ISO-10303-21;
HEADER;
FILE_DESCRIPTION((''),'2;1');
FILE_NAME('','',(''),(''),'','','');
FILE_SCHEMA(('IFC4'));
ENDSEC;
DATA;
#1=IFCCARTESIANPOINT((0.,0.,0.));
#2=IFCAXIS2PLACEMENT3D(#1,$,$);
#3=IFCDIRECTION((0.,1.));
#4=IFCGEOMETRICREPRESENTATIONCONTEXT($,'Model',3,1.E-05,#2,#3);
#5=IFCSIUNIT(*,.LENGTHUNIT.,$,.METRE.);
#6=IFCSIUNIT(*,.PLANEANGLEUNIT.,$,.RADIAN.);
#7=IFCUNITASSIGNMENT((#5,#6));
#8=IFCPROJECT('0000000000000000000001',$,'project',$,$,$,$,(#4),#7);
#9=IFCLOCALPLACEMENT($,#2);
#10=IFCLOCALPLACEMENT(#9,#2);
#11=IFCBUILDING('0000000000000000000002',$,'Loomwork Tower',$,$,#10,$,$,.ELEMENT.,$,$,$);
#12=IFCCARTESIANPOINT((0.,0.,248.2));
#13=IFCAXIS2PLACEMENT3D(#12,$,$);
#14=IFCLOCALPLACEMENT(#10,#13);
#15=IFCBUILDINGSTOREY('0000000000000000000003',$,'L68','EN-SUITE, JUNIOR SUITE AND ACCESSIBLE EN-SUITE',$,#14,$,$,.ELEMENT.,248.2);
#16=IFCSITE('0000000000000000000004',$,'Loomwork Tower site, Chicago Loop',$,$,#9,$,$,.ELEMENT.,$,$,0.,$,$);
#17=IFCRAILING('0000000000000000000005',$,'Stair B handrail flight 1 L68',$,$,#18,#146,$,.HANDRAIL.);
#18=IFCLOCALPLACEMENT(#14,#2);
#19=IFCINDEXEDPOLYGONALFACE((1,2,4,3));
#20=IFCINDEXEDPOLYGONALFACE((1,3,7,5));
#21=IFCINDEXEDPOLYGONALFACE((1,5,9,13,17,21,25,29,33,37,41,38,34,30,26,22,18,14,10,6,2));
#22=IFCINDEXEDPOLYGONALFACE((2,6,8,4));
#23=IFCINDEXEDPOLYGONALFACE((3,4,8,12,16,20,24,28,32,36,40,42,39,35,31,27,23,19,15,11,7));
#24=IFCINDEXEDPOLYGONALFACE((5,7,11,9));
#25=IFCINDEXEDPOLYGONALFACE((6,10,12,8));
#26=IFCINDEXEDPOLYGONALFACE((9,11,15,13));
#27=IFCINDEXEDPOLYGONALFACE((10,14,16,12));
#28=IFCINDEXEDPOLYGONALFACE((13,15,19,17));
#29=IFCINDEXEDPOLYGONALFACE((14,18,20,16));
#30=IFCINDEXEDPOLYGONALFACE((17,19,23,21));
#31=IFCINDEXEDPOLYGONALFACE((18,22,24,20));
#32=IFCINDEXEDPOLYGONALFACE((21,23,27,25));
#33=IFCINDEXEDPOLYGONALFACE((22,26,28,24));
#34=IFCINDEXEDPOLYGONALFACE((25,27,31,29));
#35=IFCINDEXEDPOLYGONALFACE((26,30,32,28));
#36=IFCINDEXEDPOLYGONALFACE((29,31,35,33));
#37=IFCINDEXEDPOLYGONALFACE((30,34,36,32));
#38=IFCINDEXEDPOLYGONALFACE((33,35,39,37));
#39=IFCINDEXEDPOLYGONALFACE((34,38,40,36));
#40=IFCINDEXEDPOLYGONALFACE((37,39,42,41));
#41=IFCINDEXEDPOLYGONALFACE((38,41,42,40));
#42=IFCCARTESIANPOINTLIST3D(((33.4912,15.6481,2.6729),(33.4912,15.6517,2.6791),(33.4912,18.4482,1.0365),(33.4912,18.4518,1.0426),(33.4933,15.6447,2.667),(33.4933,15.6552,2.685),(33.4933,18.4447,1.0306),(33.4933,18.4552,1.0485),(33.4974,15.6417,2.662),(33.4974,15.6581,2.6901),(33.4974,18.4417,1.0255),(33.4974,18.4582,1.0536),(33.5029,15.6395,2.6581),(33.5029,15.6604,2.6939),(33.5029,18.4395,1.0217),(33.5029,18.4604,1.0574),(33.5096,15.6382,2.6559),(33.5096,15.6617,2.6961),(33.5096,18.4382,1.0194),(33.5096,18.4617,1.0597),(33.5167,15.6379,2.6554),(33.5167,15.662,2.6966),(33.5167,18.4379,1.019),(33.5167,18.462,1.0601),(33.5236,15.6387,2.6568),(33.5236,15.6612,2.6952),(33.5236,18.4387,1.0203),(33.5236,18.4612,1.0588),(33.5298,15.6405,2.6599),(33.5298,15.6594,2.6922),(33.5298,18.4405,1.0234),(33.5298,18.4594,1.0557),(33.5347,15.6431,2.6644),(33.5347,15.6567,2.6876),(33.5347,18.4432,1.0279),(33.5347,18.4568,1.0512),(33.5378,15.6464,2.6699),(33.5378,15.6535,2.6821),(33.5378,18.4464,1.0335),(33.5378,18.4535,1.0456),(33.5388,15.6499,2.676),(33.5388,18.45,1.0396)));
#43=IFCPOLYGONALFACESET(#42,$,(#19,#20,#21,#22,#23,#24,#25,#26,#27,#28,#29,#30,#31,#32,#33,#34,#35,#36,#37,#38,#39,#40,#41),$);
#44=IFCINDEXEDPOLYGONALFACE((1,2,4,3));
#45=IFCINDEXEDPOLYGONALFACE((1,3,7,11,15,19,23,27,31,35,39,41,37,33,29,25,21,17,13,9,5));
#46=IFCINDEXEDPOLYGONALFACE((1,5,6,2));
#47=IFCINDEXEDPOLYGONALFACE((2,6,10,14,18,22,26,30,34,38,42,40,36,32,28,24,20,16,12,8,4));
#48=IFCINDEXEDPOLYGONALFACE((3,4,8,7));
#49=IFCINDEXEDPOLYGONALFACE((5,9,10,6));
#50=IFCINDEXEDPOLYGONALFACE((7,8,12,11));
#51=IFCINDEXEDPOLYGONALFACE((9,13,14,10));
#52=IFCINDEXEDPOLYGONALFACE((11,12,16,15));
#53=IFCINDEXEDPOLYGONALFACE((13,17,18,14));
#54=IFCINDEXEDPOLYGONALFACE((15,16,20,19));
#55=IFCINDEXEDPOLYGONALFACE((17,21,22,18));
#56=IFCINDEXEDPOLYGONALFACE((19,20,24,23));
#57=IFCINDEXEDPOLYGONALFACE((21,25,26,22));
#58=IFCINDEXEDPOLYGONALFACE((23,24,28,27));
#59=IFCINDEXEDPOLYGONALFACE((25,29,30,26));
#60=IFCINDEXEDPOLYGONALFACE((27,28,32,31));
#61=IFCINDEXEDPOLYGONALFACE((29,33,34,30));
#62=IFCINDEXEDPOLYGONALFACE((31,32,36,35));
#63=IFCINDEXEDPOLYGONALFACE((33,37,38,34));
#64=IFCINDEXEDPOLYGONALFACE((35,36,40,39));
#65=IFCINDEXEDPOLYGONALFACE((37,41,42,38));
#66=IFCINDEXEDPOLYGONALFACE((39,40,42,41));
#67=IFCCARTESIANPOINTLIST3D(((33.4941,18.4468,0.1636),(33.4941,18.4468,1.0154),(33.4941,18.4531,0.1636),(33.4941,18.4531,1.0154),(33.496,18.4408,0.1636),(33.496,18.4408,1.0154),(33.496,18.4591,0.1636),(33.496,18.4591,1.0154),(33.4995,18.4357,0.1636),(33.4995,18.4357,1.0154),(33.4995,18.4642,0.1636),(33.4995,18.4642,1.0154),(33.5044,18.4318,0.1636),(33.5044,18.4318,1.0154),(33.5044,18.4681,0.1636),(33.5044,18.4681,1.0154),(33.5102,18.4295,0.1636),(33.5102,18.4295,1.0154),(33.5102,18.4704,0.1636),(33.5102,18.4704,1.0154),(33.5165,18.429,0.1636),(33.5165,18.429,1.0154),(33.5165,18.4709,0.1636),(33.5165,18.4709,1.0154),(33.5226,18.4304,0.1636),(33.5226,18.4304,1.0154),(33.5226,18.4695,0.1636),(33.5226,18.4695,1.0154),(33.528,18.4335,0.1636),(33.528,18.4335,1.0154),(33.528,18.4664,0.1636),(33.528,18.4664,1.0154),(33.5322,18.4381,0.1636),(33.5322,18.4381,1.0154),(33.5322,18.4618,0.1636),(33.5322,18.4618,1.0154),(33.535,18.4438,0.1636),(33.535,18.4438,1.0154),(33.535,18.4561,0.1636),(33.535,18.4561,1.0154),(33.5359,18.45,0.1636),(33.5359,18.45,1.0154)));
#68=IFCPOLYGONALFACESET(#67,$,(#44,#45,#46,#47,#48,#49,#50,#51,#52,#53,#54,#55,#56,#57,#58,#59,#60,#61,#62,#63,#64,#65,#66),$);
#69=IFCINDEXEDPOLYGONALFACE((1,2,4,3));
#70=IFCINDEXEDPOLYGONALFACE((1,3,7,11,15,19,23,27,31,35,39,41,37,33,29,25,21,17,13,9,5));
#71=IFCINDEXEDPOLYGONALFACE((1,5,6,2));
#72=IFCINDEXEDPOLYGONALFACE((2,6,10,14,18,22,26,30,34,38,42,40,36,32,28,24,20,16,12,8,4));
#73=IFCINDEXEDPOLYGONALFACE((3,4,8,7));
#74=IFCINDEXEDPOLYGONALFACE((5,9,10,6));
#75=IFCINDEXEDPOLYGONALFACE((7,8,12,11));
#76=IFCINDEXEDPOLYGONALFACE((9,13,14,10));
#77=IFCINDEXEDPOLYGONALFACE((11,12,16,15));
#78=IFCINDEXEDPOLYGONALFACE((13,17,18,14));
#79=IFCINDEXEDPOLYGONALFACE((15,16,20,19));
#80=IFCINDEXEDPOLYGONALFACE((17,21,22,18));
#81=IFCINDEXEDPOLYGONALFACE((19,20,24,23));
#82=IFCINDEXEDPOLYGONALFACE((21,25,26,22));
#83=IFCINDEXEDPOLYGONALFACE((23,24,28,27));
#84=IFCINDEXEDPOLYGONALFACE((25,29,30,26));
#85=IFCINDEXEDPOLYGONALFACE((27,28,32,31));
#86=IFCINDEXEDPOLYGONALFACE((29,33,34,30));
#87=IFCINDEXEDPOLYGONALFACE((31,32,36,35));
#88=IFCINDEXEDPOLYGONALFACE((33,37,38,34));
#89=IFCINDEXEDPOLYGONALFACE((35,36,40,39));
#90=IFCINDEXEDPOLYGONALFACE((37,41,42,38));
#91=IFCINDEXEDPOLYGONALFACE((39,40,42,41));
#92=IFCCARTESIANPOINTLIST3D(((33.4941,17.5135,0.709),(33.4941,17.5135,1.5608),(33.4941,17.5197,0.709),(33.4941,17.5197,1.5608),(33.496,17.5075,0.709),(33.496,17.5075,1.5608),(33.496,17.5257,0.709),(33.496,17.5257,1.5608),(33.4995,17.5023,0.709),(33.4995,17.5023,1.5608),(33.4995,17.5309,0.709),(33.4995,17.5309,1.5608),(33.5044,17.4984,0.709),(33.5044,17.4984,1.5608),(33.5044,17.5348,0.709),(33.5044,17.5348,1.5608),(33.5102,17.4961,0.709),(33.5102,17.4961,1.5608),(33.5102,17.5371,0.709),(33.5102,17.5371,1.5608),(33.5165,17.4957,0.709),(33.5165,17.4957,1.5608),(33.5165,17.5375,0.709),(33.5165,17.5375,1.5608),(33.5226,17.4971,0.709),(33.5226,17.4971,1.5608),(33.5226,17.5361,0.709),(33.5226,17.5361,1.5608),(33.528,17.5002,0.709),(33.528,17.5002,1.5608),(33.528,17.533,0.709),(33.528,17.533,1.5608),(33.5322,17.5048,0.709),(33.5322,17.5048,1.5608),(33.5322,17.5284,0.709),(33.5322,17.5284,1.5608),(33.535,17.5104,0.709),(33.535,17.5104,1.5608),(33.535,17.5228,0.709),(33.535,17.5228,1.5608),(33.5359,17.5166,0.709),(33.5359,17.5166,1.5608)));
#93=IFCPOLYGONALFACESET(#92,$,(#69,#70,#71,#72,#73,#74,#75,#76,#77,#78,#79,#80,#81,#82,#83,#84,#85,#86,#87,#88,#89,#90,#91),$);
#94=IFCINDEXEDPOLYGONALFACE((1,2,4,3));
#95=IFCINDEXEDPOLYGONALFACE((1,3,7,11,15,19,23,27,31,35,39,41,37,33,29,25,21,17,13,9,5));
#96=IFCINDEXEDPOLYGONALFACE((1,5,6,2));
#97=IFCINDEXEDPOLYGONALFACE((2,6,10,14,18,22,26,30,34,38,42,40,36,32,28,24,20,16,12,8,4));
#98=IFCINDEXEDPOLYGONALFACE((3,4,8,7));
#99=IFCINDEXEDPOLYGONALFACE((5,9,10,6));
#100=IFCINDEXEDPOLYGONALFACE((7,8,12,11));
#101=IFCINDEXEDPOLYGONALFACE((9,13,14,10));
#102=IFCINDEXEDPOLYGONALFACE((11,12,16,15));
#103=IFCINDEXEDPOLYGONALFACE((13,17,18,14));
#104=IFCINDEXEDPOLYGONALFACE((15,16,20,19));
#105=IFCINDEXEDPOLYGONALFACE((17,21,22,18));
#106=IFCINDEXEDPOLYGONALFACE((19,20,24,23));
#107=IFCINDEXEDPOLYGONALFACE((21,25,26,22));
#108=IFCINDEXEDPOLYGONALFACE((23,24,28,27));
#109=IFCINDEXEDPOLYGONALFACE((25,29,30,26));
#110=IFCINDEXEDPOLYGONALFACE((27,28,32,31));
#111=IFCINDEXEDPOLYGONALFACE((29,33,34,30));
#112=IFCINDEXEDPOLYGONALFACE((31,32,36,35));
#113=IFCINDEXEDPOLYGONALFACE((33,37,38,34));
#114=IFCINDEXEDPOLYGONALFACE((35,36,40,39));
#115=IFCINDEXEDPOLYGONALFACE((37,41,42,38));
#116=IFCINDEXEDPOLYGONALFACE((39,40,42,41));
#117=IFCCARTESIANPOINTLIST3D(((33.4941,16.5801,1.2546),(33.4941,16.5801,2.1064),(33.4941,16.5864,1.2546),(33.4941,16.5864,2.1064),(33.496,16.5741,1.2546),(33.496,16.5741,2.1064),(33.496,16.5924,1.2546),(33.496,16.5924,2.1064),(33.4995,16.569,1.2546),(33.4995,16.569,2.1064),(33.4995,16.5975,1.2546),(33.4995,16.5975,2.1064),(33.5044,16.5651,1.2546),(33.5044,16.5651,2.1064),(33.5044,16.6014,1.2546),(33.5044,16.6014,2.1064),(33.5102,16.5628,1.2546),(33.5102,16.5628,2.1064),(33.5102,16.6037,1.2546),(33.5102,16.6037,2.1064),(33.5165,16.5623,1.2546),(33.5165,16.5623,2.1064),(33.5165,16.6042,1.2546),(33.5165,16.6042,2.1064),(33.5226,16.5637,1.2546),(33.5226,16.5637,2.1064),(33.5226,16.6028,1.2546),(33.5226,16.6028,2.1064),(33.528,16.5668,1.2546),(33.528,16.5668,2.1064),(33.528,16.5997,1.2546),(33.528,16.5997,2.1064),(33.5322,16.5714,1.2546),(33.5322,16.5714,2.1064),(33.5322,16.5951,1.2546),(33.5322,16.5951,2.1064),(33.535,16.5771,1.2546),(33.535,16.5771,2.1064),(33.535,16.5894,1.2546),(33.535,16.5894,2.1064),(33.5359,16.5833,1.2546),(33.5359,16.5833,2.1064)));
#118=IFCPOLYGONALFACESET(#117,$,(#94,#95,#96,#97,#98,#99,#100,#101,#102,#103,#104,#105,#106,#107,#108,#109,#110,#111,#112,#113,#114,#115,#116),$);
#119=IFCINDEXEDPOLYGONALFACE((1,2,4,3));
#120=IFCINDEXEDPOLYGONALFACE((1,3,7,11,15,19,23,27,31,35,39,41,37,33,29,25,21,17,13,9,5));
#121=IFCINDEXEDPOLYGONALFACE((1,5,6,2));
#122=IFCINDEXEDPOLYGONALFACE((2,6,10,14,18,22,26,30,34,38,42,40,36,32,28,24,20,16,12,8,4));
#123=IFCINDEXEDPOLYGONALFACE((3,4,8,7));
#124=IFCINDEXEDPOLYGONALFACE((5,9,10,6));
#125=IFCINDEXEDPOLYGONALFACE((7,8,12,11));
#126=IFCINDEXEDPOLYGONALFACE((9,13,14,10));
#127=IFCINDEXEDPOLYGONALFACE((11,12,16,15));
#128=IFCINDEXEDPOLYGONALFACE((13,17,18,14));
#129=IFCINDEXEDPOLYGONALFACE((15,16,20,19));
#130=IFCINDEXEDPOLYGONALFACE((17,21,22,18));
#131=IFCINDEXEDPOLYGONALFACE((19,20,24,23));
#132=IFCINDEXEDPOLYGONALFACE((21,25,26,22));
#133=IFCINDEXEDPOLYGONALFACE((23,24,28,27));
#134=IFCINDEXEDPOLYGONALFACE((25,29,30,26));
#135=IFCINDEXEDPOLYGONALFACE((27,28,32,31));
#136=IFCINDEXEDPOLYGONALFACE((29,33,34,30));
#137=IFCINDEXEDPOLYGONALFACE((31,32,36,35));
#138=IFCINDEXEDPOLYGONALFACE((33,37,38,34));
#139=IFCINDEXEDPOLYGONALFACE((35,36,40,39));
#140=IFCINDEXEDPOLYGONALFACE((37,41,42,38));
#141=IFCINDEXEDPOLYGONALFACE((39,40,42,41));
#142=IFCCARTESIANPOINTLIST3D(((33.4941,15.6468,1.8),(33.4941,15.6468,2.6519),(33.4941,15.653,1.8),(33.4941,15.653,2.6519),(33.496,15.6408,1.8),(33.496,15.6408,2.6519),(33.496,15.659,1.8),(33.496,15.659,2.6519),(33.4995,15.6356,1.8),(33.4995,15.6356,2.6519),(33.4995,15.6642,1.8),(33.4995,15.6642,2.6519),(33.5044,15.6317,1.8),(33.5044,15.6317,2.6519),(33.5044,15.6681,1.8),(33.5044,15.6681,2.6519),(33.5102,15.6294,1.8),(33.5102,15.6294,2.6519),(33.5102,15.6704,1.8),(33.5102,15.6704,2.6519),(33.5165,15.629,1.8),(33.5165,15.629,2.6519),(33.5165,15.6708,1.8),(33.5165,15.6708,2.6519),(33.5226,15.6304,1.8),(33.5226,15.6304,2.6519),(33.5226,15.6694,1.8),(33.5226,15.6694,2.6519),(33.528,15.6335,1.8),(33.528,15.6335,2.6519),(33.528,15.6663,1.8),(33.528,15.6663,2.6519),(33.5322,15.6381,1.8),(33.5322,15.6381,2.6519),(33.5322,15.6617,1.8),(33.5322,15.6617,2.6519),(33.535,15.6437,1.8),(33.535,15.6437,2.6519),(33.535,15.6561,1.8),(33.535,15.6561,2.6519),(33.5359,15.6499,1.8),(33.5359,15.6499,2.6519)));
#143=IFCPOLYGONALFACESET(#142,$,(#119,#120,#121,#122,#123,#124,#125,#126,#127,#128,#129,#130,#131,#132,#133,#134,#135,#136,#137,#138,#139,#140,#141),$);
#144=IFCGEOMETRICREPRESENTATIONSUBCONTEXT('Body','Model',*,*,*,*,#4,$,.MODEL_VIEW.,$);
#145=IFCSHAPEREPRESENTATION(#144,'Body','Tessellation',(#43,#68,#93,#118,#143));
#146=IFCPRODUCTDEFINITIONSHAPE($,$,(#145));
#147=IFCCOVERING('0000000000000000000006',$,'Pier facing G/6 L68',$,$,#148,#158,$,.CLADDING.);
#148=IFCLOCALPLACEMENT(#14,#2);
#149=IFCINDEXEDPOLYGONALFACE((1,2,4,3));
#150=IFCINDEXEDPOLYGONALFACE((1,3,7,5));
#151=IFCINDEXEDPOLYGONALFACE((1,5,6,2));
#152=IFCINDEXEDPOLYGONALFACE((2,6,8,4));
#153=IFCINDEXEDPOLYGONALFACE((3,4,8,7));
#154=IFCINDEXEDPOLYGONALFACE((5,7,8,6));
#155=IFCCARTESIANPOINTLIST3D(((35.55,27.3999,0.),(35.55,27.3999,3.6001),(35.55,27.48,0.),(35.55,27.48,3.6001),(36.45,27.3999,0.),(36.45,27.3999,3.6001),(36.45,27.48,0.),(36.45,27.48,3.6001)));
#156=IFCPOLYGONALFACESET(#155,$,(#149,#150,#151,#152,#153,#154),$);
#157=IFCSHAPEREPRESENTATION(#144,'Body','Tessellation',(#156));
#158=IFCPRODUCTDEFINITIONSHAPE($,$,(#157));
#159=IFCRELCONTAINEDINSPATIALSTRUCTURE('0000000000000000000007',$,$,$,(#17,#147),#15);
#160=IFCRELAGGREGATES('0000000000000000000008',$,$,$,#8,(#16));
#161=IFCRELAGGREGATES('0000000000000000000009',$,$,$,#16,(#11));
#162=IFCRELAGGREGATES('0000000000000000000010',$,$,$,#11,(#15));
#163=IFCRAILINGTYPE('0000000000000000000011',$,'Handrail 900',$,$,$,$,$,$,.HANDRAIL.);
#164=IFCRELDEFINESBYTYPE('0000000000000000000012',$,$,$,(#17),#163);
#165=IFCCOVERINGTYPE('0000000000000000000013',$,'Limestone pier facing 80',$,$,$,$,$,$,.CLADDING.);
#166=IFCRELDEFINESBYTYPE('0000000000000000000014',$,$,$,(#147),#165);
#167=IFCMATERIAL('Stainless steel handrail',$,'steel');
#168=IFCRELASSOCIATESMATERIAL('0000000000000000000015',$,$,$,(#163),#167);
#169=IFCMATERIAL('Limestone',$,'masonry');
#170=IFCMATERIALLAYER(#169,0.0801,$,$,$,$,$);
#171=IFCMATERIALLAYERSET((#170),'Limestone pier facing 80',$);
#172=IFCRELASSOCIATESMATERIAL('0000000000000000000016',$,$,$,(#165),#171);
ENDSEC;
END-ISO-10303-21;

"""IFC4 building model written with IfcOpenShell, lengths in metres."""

from ifc_helpers import new_model, si_unit, direction, frame, origin, origin_2d, place, context, subcontext, project, spatial, rectangle, circle, extrude, material, layer, layer_set, type_object, element, save


model = new_model("IFC4")

# Units and contexts
model_context = context("Model", 3, precision=1e-05, world=origin(), true_north=direction((0.0, 1.0)))
body_context = subcontext(model_context, "Body", "Model", "MODEL_VIEW")
ifc_project = project(units=[si_unit("LENGTHUNIT", "METRE"), si_unit("PLANEANGLEUNIT", "RADIAN")], contexts=[model_context])

# Site, building, storey
site_placement = place(None, origin())
site = spatial("IfcSite", under=ifc_project, at=site_placement, Name="Loomwork Tower site, Chicago Loop", CompositionType="ELEMENT", RefElevation=0.0)
building_placement = place(site_placement, origin())
building = spatial("IfcBuilding", under=site, at=building_placement, Name="Loomwork Tower", CompositionType="ELEMENT")
storey_placement = place(building_placement, frame((0.0, 0.0, 248.2)))
storey = spatial("IfcBuildingStorey", under=building, at=storey_placement, Name="L68", Description="EN-SUITE, JUNIOR SUITE AND ACCESSIBLE EN-SUITE", CompositionType="ELEMENT", Elevation=248.2)

# Railing
ifc_material_1 = material(Name="Stainless steel handrail", Category="steel")
railing_type = type_object("IfcRailingType", Name="Handrail 900", PredefinedType="HANDRAIL", material=ifc_material_1)
railing_placement = place(storey_placement, frame((33.5149, 18.45, 0.1636)))
element("IfcRailing", 1, at=railing_placement, inside=storey, type_object=railing_type, Name="Stair B handrail flight 1 L68", PredefinedType="HANDRAIL", context=body_context, shape_type="SweptSolid", body=[
    extrude(circle(Radius=0.0239, at=origin_2d()), frame((0.0, 0.0, 0.876), z_axis=(0.0, -0.863361, 0.504587), x_axis=(1.0, 0.0, 0.0)), (0.0, 0.0, 1.0), 3.2432),
    extrude(circle(Radius=0.021, at=origin_2d()), origin(), (0.0, 0.0, 1.0), 0.8518),
    extrude(circle(Radius=0.021, at=origin_2d()), frame((0.0, -0.9333, 0.5454)), (0.0, 0.0, 1.0), 0.8518),
    extrude(circle(Radius=0.021, at=origin_2d()), frame((0.0, -1.8667, 1.0911)), (0.0, 0.0, 1.0), 0.8518),
    extrude(circle(Radius=0.021, at=origin_2d()), frame((0.0, -2.8, 1.6365)), (0.0, 0.0, 1.0), 0.8518),
])

# Covering
ifc_material_2 = material(Name="Limestone", Category="masonry")
ifc_layer_1 = layer(ifc_material_2, 0.0801)
ifc_layer_set_1 = layer_set([ifc_layer_1], Name="Limestone pier facing 80")
covering_type = type_object("IfcCoveringType", Name="Limestone pier facing 80", PredefinedType="CLADDING", material=ifc_layer_set_1)
covering_placement = place(storey_placement, frame((36.0, 27.4399, 0.0), z_axis=(0.0, 0.0, 1.0), x_axis=(1.0, 0.0, 0.0)))
element("IfcCovering", 2, at=covering_placement, inside=storey, type_object=covering_type, Name="Pier facing G/6 L68", PredefinedType="CLADDING", context=body_context, shape_type="SweptSolid", body=[
    extrude(rectangle(XDim=0.8999, YDim=0.0801, at=origin_2d()), origin(), (0.0, 0.0, 1.0), 3.6001),
])

save(model, "model.ifc")
